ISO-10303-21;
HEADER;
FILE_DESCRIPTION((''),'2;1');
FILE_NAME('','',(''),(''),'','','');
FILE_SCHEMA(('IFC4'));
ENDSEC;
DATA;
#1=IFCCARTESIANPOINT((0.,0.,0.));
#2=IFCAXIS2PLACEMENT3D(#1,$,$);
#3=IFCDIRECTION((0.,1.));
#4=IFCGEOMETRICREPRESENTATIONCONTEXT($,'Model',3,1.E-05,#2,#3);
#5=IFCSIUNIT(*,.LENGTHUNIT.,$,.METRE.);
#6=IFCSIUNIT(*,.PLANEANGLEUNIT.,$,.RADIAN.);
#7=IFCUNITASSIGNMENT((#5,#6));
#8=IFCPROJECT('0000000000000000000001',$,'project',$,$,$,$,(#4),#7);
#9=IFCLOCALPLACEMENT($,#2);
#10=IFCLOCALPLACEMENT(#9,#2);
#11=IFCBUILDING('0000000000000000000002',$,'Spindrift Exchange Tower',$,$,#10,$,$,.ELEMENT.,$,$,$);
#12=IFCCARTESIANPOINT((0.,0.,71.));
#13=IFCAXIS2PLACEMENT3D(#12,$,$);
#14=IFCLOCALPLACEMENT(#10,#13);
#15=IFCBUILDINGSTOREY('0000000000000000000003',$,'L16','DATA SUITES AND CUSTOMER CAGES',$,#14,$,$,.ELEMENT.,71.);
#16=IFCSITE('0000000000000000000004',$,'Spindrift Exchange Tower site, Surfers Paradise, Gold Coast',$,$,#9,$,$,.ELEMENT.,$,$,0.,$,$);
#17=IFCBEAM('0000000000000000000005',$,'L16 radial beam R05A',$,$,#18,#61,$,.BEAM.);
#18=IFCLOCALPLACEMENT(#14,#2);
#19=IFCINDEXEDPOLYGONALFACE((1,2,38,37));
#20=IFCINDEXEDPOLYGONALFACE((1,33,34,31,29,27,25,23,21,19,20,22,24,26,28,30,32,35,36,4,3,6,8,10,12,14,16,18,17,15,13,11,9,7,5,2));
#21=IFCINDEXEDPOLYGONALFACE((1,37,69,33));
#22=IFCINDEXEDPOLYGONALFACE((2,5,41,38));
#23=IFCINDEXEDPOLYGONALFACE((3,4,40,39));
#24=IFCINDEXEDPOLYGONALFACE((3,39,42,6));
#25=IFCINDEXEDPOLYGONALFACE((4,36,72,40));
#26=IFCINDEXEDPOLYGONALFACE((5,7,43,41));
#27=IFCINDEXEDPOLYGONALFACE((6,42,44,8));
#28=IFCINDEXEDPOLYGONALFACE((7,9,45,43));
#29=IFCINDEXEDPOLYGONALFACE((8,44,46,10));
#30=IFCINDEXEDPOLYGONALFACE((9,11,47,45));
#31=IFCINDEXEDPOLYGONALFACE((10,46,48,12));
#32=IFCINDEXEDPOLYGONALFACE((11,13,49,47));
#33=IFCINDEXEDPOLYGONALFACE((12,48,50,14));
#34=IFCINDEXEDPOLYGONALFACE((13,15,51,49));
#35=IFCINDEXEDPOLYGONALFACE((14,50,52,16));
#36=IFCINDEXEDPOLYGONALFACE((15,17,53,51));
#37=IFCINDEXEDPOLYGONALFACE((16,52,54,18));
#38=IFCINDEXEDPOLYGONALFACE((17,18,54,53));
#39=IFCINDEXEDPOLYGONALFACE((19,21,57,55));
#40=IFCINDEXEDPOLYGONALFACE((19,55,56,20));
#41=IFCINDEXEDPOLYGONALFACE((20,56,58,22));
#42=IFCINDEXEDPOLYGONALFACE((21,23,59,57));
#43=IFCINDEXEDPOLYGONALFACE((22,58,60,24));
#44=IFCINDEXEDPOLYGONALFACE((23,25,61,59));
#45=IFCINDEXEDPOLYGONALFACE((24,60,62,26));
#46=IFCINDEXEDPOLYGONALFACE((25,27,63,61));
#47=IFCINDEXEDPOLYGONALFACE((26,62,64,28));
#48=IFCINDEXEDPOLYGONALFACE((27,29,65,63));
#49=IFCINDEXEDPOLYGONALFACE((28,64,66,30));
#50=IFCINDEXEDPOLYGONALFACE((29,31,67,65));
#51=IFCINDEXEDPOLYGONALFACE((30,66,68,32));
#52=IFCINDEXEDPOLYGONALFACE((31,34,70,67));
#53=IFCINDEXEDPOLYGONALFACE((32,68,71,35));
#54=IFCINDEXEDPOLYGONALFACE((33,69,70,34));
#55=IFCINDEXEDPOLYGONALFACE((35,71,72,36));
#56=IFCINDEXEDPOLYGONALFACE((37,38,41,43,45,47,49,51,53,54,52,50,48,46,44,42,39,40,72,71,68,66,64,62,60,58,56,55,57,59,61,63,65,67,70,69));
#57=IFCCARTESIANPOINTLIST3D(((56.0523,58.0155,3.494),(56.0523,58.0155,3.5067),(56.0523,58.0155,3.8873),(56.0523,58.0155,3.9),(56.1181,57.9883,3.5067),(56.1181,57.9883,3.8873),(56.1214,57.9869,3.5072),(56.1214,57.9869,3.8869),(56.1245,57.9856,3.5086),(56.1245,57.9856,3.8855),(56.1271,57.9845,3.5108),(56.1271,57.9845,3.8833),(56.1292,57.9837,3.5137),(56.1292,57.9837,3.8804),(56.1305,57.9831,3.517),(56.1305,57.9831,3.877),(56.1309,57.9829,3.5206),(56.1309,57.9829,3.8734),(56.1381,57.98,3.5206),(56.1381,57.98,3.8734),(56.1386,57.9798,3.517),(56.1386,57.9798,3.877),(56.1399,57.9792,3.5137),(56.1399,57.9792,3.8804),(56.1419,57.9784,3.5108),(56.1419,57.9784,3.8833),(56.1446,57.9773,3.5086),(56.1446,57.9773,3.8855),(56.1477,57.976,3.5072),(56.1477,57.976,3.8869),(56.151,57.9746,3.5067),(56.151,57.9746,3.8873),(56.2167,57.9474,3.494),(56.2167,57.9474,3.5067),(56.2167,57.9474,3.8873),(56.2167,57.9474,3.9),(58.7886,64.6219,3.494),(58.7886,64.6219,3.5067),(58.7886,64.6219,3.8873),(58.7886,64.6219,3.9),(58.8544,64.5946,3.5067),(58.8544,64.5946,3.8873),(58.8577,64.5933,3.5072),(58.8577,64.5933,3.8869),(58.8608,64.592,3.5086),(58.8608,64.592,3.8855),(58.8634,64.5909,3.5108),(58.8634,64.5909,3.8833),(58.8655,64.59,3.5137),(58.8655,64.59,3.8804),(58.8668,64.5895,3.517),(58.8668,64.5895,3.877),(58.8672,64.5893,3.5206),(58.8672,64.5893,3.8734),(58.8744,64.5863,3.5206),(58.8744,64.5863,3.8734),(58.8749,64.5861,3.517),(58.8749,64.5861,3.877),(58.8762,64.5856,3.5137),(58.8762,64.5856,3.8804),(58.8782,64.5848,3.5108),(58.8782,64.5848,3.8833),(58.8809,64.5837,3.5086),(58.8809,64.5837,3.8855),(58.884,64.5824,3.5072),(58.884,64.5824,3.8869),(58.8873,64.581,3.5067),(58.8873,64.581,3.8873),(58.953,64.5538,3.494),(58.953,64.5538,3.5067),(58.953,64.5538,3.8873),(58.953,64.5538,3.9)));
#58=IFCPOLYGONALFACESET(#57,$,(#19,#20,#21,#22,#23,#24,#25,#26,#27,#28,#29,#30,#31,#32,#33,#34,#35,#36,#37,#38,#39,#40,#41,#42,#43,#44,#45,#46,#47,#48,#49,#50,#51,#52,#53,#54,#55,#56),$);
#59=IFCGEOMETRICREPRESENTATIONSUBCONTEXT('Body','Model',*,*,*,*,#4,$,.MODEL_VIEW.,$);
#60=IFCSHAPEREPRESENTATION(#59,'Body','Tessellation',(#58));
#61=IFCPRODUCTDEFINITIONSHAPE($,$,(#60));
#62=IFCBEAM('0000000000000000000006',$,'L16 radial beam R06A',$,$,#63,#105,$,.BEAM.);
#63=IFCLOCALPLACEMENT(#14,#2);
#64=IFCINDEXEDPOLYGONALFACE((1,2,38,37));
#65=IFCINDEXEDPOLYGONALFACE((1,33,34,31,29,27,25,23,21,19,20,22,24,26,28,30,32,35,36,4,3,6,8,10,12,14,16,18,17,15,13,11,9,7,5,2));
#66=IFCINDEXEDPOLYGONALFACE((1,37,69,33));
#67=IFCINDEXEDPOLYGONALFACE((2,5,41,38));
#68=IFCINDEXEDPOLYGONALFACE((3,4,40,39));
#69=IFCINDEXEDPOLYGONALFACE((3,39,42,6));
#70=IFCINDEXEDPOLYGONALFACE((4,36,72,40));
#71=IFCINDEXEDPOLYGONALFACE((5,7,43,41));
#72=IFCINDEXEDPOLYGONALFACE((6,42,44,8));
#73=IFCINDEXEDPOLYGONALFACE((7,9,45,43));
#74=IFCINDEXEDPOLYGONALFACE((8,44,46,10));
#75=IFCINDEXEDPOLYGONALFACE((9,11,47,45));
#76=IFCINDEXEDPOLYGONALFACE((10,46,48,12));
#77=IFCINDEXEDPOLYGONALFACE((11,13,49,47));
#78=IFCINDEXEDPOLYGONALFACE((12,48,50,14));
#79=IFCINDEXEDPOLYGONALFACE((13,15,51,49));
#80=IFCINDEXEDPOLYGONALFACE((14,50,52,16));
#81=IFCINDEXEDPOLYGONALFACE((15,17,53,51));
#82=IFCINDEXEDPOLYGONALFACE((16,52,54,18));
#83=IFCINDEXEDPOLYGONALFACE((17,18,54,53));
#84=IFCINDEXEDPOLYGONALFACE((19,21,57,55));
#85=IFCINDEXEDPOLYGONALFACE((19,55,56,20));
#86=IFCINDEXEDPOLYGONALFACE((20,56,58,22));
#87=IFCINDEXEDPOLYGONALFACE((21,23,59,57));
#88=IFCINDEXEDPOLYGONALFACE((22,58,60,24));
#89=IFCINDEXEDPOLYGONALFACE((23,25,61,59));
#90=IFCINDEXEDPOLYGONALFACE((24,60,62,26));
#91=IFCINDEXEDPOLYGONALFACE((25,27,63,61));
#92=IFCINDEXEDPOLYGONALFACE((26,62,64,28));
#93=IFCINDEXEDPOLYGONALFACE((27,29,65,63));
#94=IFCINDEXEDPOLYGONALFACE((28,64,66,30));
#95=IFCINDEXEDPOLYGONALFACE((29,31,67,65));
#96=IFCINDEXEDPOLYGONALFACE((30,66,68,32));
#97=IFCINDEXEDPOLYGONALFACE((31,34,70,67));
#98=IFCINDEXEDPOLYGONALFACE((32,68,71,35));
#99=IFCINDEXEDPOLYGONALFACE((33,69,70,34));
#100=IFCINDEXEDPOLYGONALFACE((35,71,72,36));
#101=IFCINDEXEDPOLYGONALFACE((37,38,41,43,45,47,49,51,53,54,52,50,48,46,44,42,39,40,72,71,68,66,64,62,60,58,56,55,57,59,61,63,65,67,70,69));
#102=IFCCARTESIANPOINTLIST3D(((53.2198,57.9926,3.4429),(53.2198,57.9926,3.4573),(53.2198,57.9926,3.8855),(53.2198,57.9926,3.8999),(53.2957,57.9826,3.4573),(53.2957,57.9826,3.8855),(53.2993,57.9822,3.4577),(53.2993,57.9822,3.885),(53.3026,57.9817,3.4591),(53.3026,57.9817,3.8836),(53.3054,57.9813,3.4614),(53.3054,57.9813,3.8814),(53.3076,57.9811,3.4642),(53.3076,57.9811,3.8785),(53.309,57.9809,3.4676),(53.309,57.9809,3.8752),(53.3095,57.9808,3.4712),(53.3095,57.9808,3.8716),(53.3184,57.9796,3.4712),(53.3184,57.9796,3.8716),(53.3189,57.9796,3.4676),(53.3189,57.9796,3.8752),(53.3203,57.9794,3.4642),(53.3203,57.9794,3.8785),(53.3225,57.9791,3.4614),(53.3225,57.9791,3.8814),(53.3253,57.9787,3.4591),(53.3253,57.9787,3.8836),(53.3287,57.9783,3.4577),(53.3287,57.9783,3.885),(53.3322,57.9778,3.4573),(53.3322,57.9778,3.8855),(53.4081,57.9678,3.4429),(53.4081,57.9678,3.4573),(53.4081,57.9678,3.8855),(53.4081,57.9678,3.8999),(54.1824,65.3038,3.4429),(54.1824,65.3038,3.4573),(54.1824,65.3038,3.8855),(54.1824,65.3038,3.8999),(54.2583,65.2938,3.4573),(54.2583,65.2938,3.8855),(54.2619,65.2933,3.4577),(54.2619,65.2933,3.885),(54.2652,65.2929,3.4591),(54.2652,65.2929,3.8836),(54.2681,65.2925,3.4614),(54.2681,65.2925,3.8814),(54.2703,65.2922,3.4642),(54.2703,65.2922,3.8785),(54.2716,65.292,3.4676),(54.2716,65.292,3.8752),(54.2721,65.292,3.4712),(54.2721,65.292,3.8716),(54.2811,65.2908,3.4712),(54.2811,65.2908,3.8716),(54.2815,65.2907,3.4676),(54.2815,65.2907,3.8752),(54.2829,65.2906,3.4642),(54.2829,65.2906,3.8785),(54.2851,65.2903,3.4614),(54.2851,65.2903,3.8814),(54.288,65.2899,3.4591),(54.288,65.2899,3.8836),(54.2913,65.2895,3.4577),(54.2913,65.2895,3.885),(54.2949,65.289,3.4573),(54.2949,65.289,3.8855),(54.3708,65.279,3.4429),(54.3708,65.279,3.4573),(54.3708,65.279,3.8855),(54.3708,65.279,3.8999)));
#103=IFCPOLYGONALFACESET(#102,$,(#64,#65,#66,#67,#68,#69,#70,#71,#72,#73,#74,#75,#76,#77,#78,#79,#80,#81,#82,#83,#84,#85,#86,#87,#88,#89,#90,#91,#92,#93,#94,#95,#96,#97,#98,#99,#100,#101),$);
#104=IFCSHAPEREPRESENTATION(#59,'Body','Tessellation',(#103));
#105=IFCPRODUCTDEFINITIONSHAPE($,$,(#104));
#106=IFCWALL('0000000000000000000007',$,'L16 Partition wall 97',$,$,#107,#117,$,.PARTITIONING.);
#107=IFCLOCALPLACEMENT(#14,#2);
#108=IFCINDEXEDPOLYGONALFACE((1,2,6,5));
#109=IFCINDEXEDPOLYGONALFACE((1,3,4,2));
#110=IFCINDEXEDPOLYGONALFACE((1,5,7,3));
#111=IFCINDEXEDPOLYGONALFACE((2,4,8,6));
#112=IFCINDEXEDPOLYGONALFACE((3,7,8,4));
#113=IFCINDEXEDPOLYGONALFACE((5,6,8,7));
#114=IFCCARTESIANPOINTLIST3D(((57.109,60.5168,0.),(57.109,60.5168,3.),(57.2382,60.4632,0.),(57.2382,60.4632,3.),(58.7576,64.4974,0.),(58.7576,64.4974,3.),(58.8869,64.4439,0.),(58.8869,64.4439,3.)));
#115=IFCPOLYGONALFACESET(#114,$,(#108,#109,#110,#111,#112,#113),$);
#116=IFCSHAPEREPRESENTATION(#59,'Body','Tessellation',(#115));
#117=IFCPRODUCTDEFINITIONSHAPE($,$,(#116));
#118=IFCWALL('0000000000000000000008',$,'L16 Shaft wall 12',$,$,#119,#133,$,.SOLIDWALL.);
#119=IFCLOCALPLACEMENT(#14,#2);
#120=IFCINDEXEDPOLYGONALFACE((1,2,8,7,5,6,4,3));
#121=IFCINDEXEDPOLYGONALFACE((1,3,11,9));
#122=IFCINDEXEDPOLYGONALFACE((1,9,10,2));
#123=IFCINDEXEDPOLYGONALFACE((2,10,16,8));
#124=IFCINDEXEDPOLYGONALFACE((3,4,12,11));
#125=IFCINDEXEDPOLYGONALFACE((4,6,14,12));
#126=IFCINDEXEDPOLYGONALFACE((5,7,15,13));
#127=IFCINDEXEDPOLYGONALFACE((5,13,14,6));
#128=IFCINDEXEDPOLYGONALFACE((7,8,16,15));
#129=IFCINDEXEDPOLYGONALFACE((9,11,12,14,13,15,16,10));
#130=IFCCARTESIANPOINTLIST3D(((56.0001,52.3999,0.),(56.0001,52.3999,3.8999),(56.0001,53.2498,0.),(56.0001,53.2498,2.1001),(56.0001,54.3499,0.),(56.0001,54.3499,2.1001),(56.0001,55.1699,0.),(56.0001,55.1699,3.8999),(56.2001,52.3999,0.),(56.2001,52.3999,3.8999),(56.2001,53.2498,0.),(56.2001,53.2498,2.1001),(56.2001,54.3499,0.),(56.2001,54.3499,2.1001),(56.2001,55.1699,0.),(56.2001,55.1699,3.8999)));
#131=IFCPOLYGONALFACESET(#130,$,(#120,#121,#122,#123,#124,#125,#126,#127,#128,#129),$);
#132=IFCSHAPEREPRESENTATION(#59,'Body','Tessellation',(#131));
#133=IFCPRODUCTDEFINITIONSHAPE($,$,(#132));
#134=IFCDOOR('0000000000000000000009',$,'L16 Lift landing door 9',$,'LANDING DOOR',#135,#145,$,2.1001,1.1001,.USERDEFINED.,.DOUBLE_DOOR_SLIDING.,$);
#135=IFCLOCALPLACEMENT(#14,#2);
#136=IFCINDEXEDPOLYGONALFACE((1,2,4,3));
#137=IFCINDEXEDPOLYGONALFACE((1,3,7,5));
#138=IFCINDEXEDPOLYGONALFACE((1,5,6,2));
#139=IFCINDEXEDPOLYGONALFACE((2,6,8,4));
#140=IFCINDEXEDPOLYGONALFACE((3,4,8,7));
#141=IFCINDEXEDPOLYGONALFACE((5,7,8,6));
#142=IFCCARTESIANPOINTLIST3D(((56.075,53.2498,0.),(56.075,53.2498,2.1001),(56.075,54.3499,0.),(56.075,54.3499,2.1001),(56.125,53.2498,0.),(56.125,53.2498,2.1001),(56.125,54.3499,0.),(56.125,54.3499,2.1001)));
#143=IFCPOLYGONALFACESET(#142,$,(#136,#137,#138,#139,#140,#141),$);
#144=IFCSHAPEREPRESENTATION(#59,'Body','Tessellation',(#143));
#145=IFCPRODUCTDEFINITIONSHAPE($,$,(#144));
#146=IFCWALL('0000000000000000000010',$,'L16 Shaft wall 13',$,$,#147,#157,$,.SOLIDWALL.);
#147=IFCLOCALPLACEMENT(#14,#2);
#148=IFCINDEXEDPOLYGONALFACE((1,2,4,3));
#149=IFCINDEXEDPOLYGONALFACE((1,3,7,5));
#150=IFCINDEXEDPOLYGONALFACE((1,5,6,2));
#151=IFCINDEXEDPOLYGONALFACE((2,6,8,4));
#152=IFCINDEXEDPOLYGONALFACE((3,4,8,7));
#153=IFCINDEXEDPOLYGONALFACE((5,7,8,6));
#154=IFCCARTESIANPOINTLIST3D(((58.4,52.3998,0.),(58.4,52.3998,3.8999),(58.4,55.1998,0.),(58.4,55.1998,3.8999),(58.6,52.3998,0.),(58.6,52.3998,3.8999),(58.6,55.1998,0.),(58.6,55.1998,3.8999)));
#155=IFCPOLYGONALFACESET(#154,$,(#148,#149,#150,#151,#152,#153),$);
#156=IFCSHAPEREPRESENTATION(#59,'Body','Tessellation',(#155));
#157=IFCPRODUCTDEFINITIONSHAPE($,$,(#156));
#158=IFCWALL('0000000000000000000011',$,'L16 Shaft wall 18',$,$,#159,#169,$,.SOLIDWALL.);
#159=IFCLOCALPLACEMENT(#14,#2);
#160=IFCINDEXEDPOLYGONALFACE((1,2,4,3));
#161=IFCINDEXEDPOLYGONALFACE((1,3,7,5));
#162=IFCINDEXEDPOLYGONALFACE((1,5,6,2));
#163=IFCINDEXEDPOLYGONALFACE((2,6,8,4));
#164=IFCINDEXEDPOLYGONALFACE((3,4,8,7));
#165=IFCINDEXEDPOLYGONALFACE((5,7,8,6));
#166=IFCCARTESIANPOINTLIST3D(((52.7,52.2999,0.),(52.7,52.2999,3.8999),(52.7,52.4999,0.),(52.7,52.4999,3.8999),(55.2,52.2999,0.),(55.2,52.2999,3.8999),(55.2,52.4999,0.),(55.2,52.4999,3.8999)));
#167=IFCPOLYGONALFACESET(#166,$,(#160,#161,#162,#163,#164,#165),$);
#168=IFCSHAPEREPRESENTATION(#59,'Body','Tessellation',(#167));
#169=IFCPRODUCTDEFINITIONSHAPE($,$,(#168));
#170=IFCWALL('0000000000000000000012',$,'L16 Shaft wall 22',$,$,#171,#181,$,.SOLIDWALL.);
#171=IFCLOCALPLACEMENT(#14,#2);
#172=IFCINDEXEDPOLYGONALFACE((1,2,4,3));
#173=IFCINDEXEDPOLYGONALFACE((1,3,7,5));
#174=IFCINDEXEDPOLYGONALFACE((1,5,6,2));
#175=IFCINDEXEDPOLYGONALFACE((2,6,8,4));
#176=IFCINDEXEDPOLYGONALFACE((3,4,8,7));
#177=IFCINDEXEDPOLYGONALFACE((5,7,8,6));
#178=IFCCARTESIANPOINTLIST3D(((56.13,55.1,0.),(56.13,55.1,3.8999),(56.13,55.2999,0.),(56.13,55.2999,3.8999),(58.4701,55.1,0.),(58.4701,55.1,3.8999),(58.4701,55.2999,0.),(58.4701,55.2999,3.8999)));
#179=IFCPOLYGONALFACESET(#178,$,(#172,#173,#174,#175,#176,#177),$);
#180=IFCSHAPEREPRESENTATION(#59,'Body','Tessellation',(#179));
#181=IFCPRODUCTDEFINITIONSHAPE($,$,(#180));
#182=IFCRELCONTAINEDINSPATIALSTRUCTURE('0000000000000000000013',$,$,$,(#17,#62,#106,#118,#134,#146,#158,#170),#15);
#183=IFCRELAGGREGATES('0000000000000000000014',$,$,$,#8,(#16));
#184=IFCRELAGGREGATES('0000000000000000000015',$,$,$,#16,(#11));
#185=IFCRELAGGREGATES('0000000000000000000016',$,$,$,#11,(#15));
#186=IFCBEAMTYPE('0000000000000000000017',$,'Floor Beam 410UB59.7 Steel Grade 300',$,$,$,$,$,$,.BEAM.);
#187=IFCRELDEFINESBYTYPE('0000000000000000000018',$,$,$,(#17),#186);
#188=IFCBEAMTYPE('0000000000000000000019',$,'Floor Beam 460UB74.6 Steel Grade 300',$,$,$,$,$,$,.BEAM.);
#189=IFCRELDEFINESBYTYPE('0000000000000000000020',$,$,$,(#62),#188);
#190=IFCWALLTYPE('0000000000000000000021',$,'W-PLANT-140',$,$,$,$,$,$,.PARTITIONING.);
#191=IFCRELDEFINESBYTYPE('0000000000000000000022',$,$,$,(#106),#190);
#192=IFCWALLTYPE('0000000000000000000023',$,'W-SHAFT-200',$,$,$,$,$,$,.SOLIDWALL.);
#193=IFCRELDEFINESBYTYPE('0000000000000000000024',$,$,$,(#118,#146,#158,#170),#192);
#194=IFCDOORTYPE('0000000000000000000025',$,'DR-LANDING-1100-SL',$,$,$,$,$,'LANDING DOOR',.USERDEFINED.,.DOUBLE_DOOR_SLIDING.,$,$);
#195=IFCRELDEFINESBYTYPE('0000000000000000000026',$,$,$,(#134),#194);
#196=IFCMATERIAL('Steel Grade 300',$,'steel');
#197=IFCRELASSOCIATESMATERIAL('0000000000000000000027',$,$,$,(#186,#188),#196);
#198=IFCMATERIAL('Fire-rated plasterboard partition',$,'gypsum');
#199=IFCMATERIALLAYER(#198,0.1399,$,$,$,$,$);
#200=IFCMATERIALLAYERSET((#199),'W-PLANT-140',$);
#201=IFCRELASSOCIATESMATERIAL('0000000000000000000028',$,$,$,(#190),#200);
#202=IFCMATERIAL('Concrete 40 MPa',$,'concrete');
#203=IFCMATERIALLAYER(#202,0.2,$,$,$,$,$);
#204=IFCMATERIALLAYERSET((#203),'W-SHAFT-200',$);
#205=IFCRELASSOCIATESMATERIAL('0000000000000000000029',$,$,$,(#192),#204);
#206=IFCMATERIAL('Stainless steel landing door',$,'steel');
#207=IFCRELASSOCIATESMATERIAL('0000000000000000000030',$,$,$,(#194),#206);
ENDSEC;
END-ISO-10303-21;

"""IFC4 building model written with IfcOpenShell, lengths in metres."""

from ifc_helpers import new_model, si_unit, direction, frame, frame_2d, origin, origin_2d, place, context, subcontext, project, spatial, rectangle, i_section, extrude, source, transform, mapped, material, layer, layer_set, material_profile, profile_set, type_object, element, fill, save


model = new_model("IFC4")

# Units and contexts
model_context = context("Model", 3, precision=1e-05, world=origin(), true_north=direction((0.0, 1.0)))
body_context = subcontext(model_context, "Body", "Model", "MODEL_VIEW")
ifc_project = project(units=[si_unit("LENGTHUNIT", "METRE"), si_unit("PLANEANGLEUNIT", "RADIAN")], contexts=[model_context])

# Site, building, storey
site_placement = place(None, origin())
site = spatial("IfcSite", under=ifc_project, at=site_placement, Name="Spindrift Exchange Tower site, Surfers Paradise, Gold Coast", CompositionType="ELEMENT", RefElevation=0.0)
building_placement = place(site_placement, origin())
building = spatial("IfcBuilding", under=site, at=building_placement, Name="Spindrift Exchange Tower", CompositionType="ELEMENT")
storey_placement = place(building_placement, frame((0.0, 0.0, 71.0)))
storey = spatial("IfcBuildingStorey", under=building, at=storey_placement, Name="L16", Description="DATA SUITES AND CUSTOMER CAGES", CompositionType="ELEMENT", Elevation=71.0)

# Beams
ifc_material_1 = material(Name="Steel Grade 300", Category="steel")
ifc_material_profile_1 = material_profile(ifc_material_1, i_section(OverallWidth=0.178, OverallDepth=0.406, WebThickness=0.0078, FlangeThickness=0.0127, FilletRadius=0.0139, at=origin_2d()), Name="410UB59.7")
ifc_profile_set_1 = profile_set([ifc_material_profile_1], Name="Steel Grade 300")
beam_type_1 = type_object("IfcBeamType", Name="Floor Beam 410UB59.7 Steel Grade 300", PredefinedType="BEAM", material=ifc_profile_set_1)
shared_shape_1 = source(origin(), body_context, "Body", "SweptSolid", [
    extrude(i_section(OverallWidth=0.178, OverallDepth=0.406, WebThickness=0.0078, FlangeThickness=0.0127, FilletRadius=0.0139, at=origin_2d()), origin(), (0.0, 0.0, 1.0), 7.1506),
])
beam_1_placement = place(storey_placement, frame((56.1345, 57.9814, 3.697), z_axis=(0.382665, 0.923887, 0.0), x_axis=(-0.923887, 0.382665, 0.0)))
element("IfcBeam", 1, at=beam_1_placement, inside=storey, type_object=beam_type_1, Name="L16 radial beam R05A", PredefinedType="BEAM", context=body_context, shape_type="MappedRepresentation", body=[
    mapped(shared_shape_1, transform((0.0, 0.0, 0.0), scale=1.0)),
])
ifc_material_profile_2 = material_profile(ifc_material_1, i_section(OverallWidth=0.1899, OverallDepth=0.457, WebThickness=0.009, FlangeThickness=0.0144, FilletRadius=0.0139, at=origin_2d()), Name="460UB74.6")
ifc_profile_set_2 = profile_set([ifc_material_profile_2], Name="Steel Grade 300")
beam_type_2 = type_object("IfcBeamType", Name="Floor Beam 460UB74.6 Steel Grade 300", PredefinedType="BEAM", material=ifc_profile_set_2)
shared_shape_2 = source(origin(), body_context, "Body", "SweptSolid", [
    extrude(i_section(OverallWidth=0.1899, OverallDepth=0.457, WebThickness=0.009, FlangeThickness=0.0144, FilletRadius=0.0139, at=origin_2d()), origin(), (0.0, 0.0, 1.0), 7.3743),
])
beam_2_placement = place(storey_placement, frame((53.314, 57.9802, 3.6714), z_axis=(0.130539, 0.991443, 0.0), x_axis=(-0.991443, 0.130539, 0.0)))
element("IfcBeam", 2, at=beam_2_placement, inside=storey, type_object=beam_type_2, Name="L16 radial beam R06A", PredefinedType="BEAM", context=body_context, shape_type="MappedRepresentation", body=[
    mapped(shared_shape_2, transform((0.0, 0.0, 0.0), scale=1.0)),
])

# Wall
ifc_material_2 = material(Name="Fire-rated plasterboard partition", Category="gypsum")
ifc_layer_1 = layer(ifc_material_2, 0.1399)
ifc_layer_set_1 = layer_set([ifc_layer_1], Name="W-PLANT-140")
wall_type_1 = type_object("IfcWallType", Name="W-PLANT-140", PredefinedType="PARTITIONING", material=ifc_layer_set_1)
wall_1_placement = place(storey_placement, frame((57.1736, 60.49, 0.0), z_axis=(0.0, 0.0, 1.0), x_axis=(0.382647, 0.923895, 0.0)))
element("IfcWall", 3, at=wall_1_placement, inside=storey, type_object=wall_type_1, Name="L16 Partition wall 97", PredefinedType="PARTITIONING", context=body_context, shape_type="SweptSolid", body=[
    extrude(rectangle(XDim=4.3086, YDim=0.1399, at=frame_2d((2.1543, 0.0))), origin(), (0.0, 0.0, 1.0), 3.0),
])

# Wall, opening, door
ifc_material_3 = material(Name="Concrete 40 MPa", Category="concrete")
ifc_layer_2 = layer(ifc_material_3, 0.2)
ifc_layer_set_2 = layer_set([ifc_layer_2], Name="W-SHAFT-200")
wall_type_2 = type_object("IfcWallType", Name="W-SHAFT-200", PredefinedType="SOLIDWALL", material=ifc_layer_set_2)
wall_2_placement = place(storey_placement, frame((56.1001, 55.1699, 0.0), z_axis=(0.0, 0.0, 1.0), x_axis=(0.0, -1.0, 0.0)))
wall_2 = element("IfcWall", 4, at=wall_2_placement, inside=storey, type_object=wall_type_2, Name="L16 Shaft wall 12", PredefinedType="SOLIDWALL", context=body_context, shape_type="SweptSolid", body=[
    extrude(rectangle(XDim=2.77, YDim=0.2, at=frame_2d((1.385, 0.0))), origin(), (0.0, 0.0, 1.0), 3.8999),
])
opening_1_placement = place(wall_2_placement, frame((0.8201, 0.0, 0.0)))
opening_1 = element("IfcOpeningElement", 5, at=opening_1_placement, cuts=wall_2, PredefinedType="OPENING", context=body_context, shape_type="SweptSolid", body=[
    extrude(rectangle(XDim=1.1001, YDim=2.1001, at=frame_2d((0.55, 1.05))), frame((0.0, 0.1099, 0.0), z_axis=(0.0, -1.0, 0.0), x_axis=(1.0, 0.0, 0.0)), (0.0, 0.0, 1.0), 0.22),
])
ifc_material_4 = material(Name="Stainless steel landing door", Category="steel")
door_type_1 = type_object("IfcDoorType", Name="DR-LANDING-1100-SL", ElementType="LANDING DOOR", OperationType="DOUBLE_DOOR_SLIDING", PredefinedType="USERDEFINED", material=ifc_material_4)
shared_shape_3 = source(origin(), body_context, "Body", "SweptSolid", [
    extrude(rectangle(XDim=1.1001, YDim=2.1001, at=frame_2d((0.55, 1.05))), frame((0.0, 0.0249, 0.0), z_axis=(0.0, -1.0, 0.0), x_axis=(1.0, 0.0, 0.0)), (0.0, 0.0, 1.0), 0.05),
])
door_1_placement = place(opening_1_placement, origin())
door_1 = element("IfcDoor", 6, at=door_1_placement, inside=storey, type_object=door_type_1, Name="L16 Lift landing door 9", ObjectType="LANDING DOOR", OperationType="DOUBLE_DOOR_SLIDING", OverallHeight=2.1001, OverallWidth=1.1001, PredefinedType="USERDEFINED", context=body_context, shape_type="MappedRepresentation", body=[
    mapped(shared_shape_3, transform((0.0, 0.0, 0.0), scale=1.0)),
])
fill(opening_1, door_1)

# Walls
wall_3_placement = place(storey_placement, frame((58.5, 52.3999, 0.0), z_axis=(0.0, 0.0, 1.0), x_axis=(0.0, 1.0, 0.0)))
element("IfcWall", 7, at=wall_3_placement, inside=storey, type_object=wall_type_2, Name="L16 Shaft wall 13", PredefinedType="SOLIDWALL", context=body_context, shape_type="SweptSolid", body=[
    extrude(rectangle(XDim=2.8, YDim=0.2, at=frame_2d((1.3999, 0.0))), origin(), (0.0, 0.0, 1.0), 3.8999),
])
wall_4_placement = place(storey_placement, frame((55.2, 52.3999, 0.0), z_axis=(0.0, 0.0, 1.0), x_axis=(-1.0, 0.0, 0.0)))
element("IfcWall", 8, at=wall_4_placement, inside=storey, type_object=wall_type_2, Name="L16 Shaft wall 18", PredefinedType="SOLIDWALL", context=body_context, shape_type="SweptSolid", body=[
    extrude(rectangle(XDim=2.5, YDim=0.2, at=frame_2d((1.25, 0.0))), origin(), (0.0, 0.0, 1.0), 3.8999),
])
wall_5_placement = place(storey_placement, frame((58.47, 55.2, 0.0), z_axis=(0.0, 0.0, 1.0), x_axis=(-1.0, 0.0, 0.0)))
element("IfcWall", 9, at=wall_5_placement, inside=storey, type_object=wall_type_2, Name="L16 Shaft wall 22", PredefinedType="SOLIDWALL", context=body_context, shape_type="SweptSolid", body=[
    extrude(rectangle(XDim=2.3401, YDim=0.2, at=frame_2d((1.1699, 0.0))), origin(), (0.0, 0.0, 1.0), 3.8999),
])

save(model, "model.ifc")
